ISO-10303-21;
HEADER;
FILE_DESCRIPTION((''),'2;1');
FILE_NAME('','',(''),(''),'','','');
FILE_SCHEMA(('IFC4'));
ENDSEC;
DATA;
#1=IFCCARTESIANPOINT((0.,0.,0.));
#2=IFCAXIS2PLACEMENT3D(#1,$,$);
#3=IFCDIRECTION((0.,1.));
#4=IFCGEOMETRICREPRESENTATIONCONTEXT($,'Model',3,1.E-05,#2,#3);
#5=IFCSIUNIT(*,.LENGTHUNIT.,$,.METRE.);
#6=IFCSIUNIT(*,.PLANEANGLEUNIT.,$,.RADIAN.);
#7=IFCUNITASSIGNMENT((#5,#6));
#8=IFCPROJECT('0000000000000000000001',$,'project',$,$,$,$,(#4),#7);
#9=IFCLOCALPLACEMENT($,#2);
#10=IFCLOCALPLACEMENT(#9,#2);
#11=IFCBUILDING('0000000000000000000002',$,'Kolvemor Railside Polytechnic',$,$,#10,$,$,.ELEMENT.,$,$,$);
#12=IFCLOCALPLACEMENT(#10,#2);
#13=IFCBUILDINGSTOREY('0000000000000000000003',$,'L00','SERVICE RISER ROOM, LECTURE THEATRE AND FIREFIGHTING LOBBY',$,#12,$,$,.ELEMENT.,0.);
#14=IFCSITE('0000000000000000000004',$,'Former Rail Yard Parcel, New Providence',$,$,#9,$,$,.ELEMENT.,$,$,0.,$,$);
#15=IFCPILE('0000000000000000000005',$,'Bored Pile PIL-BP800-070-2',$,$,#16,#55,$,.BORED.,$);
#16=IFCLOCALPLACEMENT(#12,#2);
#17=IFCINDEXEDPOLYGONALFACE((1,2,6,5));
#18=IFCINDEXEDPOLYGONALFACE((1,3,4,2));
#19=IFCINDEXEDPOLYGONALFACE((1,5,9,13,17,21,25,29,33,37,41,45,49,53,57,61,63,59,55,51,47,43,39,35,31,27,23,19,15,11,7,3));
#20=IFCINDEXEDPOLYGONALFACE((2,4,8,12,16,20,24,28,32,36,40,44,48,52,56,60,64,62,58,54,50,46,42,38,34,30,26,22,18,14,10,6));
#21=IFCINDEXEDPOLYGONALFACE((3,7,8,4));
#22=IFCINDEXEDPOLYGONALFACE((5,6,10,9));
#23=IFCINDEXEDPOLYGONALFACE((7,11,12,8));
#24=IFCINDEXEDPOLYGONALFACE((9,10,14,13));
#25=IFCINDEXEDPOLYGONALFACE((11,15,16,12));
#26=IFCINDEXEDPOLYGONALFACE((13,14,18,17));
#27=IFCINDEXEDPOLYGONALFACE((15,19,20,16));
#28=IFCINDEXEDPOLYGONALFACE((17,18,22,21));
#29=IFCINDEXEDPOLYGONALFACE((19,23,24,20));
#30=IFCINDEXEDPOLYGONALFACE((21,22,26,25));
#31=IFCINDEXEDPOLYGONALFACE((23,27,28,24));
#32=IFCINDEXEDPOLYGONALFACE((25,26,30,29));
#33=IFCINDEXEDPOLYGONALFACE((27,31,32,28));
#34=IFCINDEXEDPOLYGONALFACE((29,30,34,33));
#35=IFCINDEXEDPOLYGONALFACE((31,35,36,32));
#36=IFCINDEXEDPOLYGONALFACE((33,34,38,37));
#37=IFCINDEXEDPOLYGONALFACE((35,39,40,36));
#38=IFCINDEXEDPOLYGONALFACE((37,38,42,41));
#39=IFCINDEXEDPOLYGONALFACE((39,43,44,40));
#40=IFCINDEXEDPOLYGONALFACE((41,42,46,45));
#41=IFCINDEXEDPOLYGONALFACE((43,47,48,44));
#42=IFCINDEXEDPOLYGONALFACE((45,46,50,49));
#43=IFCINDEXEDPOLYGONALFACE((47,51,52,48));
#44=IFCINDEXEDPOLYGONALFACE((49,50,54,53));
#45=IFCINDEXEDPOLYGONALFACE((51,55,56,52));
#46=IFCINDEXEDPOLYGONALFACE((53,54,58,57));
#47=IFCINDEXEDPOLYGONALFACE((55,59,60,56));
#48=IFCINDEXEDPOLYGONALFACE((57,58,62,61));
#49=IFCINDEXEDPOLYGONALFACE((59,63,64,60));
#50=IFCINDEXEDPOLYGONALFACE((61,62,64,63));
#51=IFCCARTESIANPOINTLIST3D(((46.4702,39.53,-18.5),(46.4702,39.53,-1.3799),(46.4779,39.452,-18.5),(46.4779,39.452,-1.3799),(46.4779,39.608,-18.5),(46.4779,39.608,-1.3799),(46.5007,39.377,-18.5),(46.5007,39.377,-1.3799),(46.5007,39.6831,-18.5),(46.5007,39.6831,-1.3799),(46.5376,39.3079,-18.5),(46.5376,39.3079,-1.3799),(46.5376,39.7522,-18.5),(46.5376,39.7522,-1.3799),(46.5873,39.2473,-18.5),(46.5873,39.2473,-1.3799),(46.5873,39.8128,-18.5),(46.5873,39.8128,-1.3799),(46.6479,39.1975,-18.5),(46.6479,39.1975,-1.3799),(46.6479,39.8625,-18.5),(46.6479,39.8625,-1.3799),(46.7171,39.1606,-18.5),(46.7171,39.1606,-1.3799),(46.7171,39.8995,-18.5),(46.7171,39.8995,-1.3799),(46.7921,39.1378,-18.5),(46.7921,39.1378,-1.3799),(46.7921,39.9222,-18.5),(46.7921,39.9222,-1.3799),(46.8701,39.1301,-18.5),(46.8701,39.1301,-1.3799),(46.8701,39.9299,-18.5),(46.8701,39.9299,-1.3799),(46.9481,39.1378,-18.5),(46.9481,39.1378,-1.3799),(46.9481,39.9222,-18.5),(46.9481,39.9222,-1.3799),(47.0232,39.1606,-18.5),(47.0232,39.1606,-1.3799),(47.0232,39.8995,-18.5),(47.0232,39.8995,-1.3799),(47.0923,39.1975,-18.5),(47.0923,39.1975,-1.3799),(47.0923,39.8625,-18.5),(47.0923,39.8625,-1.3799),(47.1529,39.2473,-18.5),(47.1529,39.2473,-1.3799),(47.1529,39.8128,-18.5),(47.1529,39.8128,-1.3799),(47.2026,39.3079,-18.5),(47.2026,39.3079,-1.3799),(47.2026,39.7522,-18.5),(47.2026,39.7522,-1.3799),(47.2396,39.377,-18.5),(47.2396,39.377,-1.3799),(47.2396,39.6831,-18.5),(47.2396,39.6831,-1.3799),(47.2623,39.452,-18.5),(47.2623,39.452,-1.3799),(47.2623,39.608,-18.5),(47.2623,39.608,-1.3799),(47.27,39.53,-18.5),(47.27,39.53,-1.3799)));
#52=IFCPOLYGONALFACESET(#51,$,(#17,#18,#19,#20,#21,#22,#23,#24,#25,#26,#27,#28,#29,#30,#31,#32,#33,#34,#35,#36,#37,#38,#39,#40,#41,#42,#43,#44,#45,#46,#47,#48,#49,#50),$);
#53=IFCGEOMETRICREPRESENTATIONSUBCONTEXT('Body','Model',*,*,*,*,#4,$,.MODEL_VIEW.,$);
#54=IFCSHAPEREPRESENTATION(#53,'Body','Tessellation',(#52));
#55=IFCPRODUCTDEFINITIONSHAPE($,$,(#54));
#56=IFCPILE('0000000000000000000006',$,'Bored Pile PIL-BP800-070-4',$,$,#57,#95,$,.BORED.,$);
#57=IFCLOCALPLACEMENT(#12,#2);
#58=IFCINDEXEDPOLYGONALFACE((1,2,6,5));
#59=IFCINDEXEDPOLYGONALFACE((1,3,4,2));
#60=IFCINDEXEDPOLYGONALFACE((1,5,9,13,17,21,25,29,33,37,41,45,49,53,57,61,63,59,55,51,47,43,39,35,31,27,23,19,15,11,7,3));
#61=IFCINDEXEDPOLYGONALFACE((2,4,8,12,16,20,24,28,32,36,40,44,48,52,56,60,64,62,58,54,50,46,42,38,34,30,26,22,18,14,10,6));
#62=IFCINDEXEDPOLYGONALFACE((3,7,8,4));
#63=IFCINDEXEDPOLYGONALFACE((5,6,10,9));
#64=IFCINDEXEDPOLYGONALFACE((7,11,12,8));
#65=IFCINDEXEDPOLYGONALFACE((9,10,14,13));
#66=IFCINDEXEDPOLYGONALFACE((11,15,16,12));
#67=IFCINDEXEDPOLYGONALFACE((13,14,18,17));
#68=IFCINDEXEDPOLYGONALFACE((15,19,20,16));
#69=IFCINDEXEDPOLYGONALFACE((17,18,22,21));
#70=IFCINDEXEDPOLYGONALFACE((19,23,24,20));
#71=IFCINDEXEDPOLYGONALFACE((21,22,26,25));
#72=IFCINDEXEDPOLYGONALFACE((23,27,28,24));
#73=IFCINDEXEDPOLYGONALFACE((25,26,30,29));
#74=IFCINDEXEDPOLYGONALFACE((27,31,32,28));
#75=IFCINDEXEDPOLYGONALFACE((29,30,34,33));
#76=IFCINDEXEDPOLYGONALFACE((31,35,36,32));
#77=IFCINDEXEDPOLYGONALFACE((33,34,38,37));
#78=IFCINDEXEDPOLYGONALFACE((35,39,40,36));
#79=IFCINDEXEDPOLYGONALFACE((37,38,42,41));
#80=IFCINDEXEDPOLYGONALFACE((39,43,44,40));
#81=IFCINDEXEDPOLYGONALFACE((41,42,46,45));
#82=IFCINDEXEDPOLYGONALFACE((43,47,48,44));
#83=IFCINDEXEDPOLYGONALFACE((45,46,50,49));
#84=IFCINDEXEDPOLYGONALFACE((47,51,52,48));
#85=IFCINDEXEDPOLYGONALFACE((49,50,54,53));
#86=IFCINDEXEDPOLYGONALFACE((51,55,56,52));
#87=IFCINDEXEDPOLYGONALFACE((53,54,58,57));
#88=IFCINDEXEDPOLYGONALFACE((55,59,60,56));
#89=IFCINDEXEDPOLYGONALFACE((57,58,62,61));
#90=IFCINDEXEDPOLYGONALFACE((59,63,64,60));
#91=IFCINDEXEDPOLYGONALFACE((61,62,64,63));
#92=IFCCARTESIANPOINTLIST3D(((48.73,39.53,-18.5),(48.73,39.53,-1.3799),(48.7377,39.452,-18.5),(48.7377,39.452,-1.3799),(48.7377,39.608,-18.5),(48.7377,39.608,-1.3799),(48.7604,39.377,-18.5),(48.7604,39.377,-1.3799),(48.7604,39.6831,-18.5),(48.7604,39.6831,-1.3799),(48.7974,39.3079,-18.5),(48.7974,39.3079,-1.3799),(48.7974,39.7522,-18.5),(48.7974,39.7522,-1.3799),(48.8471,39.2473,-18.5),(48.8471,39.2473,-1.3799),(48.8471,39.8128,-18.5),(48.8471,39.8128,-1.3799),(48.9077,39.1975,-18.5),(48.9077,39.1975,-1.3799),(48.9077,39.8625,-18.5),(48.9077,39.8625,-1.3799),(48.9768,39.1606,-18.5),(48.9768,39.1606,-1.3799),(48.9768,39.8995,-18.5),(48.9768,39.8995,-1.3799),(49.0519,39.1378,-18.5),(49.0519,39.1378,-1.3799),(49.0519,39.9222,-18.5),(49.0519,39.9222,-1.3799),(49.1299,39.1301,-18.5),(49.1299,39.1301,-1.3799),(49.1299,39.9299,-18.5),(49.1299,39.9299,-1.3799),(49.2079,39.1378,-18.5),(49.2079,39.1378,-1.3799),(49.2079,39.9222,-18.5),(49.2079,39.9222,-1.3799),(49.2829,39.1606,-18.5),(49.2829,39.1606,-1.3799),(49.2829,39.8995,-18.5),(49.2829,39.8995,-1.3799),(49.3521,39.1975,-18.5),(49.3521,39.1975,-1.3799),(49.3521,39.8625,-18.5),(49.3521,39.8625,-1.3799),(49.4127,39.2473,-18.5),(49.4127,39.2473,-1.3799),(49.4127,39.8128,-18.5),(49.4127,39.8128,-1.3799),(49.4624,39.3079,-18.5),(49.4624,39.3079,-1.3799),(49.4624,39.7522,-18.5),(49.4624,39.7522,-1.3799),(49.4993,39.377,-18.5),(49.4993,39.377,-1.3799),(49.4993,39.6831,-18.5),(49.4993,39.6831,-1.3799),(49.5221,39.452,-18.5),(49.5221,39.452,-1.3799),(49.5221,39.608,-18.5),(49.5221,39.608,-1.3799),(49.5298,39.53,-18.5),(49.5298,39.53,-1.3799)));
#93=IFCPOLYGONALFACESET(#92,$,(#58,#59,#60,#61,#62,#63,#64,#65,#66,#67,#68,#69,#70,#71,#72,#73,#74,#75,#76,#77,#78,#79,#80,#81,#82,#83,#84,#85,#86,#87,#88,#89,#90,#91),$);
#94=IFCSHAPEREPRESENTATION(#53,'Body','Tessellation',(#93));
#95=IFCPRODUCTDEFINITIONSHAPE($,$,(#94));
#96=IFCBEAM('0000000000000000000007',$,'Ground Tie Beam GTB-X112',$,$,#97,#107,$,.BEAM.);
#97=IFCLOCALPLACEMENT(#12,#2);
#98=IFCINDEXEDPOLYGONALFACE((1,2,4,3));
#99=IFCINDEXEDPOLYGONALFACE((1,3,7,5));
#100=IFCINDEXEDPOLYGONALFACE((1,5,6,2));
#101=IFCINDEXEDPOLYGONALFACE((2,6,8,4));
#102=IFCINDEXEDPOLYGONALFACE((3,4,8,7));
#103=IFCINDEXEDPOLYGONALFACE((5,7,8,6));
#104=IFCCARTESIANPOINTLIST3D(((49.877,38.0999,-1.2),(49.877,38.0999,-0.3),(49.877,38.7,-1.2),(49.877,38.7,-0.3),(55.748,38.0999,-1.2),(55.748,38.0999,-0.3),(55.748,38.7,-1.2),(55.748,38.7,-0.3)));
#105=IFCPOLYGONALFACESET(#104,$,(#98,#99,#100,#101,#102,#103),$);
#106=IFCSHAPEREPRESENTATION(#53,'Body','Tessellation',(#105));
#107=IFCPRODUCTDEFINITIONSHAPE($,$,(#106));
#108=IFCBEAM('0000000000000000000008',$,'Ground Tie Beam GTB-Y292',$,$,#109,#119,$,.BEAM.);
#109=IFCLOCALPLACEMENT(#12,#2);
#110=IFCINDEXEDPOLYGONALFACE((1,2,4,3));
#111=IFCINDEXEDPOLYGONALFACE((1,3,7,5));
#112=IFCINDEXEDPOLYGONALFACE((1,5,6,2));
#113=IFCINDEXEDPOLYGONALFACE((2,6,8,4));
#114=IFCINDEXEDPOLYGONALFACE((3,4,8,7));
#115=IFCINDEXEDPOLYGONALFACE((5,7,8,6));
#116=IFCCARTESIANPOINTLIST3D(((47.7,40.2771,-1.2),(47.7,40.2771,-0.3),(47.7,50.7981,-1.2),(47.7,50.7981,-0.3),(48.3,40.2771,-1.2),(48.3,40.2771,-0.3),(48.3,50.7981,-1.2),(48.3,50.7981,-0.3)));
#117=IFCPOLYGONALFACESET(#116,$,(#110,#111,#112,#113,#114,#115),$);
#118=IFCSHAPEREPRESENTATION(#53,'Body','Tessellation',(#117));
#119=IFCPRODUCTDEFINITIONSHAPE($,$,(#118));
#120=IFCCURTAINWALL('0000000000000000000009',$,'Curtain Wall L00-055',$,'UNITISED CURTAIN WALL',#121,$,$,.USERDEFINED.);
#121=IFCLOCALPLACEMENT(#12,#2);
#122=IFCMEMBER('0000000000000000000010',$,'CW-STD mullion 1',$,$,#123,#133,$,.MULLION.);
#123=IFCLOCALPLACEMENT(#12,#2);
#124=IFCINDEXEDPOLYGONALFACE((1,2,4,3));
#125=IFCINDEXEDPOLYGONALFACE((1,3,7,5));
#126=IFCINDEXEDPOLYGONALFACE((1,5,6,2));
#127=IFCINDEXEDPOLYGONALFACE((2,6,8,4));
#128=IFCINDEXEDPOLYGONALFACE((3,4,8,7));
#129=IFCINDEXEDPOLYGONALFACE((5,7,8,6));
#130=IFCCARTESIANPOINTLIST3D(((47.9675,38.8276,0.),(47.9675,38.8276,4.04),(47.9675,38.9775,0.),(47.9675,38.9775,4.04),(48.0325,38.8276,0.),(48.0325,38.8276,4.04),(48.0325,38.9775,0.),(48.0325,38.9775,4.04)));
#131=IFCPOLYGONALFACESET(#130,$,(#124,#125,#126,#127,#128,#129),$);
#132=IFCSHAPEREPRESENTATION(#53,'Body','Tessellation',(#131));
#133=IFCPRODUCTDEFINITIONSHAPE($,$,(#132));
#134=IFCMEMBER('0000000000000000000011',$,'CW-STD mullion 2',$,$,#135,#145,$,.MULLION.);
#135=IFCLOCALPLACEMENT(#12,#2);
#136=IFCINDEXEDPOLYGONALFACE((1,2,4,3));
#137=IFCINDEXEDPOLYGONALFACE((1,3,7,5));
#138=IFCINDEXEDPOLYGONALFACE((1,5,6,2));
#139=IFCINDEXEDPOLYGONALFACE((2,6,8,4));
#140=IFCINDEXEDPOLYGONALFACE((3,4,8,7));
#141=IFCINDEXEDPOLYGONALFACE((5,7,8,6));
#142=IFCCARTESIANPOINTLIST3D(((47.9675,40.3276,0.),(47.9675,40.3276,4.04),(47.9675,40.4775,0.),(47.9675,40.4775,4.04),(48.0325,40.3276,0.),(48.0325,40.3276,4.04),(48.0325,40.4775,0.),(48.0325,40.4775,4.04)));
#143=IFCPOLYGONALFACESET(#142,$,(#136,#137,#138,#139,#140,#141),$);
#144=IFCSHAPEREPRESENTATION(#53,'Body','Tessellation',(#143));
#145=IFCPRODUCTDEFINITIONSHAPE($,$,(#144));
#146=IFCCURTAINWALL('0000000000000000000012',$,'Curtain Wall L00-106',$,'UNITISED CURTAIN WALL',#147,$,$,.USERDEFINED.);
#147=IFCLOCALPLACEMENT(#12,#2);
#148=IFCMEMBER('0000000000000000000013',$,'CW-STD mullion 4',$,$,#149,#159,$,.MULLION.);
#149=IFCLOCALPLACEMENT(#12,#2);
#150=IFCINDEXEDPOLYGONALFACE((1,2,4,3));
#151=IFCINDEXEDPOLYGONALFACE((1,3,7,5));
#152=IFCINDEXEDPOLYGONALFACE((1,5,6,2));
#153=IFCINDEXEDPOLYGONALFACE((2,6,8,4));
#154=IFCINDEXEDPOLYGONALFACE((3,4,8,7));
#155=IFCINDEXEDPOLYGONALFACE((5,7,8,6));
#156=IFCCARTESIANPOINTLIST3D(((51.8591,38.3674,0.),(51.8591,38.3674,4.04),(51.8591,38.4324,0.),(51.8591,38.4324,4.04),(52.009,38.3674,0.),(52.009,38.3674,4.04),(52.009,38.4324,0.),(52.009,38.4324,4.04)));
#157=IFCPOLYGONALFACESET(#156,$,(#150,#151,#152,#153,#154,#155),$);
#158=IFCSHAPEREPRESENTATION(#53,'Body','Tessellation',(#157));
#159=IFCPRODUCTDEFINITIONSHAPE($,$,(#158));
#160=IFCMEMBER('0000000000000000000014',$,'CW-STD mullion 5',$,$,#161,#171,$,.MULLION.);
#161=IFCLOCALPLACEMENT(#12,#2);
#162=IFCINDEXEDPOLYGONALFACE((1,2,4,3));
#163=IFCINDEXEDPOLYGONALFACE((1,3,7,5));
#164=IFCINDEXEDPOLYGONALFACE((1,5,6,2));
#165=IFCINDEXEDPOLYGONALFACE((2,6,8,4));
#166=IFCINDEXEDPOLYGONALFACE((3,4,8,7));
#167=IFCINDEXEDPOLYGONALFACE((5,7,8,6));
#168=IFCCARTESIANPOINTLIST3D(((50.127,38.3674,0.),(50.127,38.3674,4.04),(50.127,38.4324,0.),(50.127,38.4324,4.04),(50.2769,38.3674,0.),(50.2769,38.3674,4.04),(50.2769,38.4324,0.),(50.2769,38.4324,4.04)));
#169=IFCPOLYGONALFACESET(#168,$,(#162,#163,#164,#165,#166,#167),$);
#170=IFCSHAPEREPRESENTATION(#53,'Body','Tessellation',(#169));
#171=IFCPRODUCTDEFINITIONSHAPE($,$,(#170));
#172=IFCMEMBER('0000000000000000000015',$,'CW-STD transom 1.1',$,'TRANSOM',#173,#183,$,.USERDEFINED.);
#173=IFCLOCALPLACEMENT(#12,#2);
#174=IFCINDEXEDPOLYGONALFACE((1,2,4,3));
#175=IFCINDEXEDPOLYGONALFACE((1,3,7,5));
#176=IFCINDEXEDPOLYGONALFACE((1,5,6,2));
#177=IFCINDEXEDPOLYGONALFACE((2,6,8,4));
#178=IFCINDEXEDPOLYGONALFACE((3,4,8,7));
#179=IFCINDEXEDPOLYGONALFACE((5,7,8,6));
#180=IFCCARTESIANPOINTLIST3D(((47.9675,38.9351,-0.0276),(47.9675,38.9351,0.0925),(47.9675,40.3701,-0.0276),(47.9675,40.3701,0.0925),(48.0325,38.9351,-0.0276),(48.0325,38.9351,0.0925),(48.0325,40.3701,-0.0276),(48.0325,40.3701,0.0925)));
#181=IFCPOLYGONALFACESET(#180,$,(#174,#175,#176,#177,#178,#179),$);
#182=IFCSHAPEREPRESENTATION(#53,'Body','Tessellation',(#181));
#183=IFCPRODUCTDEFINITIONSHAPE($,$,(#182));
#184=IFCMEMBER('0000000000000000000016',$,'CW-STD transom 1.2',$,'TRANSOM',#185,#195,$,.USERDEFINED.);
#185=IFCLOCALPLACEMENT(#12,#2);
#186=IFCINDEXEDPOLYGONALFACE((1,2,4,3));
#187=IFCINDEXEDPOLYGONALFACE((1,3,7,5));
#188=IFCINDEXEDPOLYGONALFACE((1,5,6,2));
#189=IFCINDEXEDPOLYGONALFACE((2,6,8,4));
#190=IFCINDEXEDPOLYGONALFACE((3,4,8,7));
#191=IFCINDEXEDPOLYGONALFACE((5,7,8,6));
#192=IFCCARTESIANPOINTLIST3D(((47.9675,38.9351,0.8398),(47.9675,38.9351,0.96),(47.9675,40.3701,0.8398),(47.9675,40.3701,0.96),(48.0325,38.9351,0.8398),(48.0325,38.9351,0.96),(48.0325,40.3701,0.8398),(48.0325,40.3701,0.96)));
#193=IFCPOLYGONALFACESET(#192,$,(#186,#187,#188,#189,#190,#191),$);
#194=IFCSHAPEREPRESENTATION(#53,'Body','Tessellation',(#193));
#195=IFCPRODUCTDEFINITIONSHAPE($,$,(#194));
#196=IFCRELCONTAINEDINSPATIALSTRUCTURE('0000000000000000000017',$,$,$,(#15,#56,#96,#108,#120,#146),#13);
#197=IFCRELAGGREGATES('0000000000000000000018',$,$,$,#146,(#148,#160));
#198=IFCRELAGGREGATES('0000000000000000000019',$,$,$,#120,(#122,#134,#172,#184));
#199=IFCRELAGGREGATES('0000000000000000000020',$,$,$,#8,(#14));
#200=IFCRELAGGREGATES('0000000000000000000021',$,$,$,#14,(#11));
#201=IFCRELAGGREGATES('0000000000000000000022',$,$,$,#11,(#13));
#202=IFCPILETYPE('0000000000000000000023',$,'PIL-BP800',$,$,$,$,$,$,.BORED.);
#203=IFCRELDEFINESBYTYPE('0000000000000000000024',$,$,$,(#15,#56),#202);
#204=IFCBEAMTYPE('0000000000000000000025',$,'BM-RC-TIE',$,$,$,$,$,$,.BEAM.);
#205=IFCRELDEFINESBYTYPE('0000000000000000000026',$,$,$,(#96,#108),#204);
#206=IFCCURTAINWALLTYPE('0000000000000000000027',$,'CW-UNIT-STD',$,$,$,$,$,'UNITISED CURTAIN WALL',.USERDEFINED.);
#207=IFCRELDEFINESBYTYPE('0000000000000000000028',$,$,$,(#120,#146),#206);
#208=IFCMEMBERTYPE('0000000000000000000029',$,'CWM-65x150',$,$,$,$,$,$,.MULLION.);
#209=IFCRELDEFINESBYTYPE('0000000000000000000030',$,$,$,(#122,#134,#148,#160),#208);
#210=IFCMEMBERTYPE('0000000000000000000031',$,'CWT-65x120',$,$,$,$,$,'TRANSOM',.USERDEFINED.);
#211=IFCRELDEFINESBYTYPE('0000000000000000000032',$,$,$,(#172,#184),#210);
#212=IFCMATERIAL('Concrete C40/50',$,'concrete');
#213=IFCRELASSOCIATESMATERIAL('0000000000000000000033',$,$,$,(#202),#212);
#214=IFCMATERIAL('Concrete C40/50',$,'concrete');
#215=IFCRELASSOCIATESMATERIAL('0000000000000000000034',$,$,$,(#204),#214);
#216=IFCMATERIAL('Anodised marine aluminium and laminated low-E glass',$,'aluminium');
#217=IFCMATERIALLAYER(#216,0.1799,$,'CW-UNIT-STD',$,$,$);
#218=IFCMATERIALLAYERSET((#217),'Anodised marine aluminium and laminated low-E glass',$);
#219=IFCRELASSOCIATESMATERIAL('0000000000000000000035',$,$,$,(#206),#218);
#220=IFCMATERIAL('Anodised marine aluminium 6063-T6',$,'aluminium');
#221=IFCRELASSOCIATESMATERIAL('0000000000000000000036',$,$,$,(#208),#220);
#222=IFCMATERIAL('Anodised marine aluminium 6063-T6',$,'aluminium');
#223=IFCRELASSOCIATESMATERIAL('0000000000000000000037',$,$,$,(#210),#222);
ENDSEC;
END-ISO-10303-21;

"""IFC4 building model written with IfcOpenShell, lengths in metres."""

from ifc_helpers import new_model, si_unit, direction, frame, origin, origin_2d, place, context, subcontext, project, spatial, rectangle, circle, extrude, material, layer, layer_set, material_profile, profile_set, type_object, element, aggregate, save


model = new_model("IFC4")

# Units and contexts
model_context = context("Model", 3, precision=1e-05, world=origin(), true_north=direction((0.0, 1.0)))
body_context = subcontext(model_context, "Body", "Model", "MODEL_VIEW")
ifc_project = project(units=[si_unit("LENGTHUNIT", "METRE"), si_unit("PLANEANGLEUNIT", "RADIAN")], contexts=[model_context])

# Site, building, storey
site_placement = place(None, origin())
site = spatial("IfcSite", under=ifc_project, at=site_placement, Name="Former Rail Yard Parcel, New Providence", CompositionType="ELEMENT", RefElevation=0.0)
building_placement = place(site_placement, origin())
building = spatial("IfcBuilding", under=site, at=building_placement, Name="Kolvemor Railside Polytechnic", CompositionType="ELEMENT")
storey_placement = place(building_placement, origin())
storey = spatial("IfcBuildingStorey", under=building, at=storey_placement, Name="L00", Description="SERVICE RISER ROOM, LECTURE THEATRE AND FIREFIGHTING LOBBY", CompositionType="ELEMENT", Elevation=0.0)

# Piles
ifc_material_1 = material(Name="Concrete C40/50", Category="concrete")
ifc_material_profile_1 = material_profile(ifc_material_1, circle(Radius=0.3999, at=origin_2d()), Name="BP800")
ifc_profile_set_1 = profile_set([ifc_material_profile_1], Name="Concrete C40/50")
pile_type = type_object("IfcPileType", Name="PIL-BP800", PredefinedType="BORED", material=ifc_profile_set_1)
for number, where, z_axis, x_axis, name in (
    (1, (46.8701, 39.53, -1.3799), (0.0, 0.0, -1.0), (1.0, 0.0, 0.0), "Bored Pile PIL-BP800-070-2"),
    (2, (49.1299, 39.53, -1.3799), (0.0, 0.0, -1.0), (1.0, 0.0, 0.0), "Bored Pile PIL-BP800-070-4"),
):
    element("IfcPile", number, at=place(storey_placement, frame(where, z_axis=z_axis, x_axis=x_axis)), inside=storey, type_object=pile_type, Name=name, PredefinedType="BORED", context=body_context, shape_type="SweptSolid", body=[
        extrude(circle(Radius=0.3999, at=origin_2d()), origin(), (0.0, 0.0, 1.0), 17.1201),
    ])

# Beams
ifc_material_2 = material(Name="Concrete C40/50", Category="concrete")
ifc_material_profile_2 = material_profile(ifc_material_2, rectangle(XDim=0.6001, YDim=0.8999, at=origin_2d()), Name="RC600x900")
ifc_profile_set_2 = profile_set([ifc_material_profile_2], Name="Concrete C40/50")
beam_type = type_object("IfcBeamType", Name="BM-RC-TIE", PredefinedType="BEAM", material=ifc_profile_set_2)
beam_1_placement = place(storey_placement, frame((49.877, 38.3999, -0.75), z_axis=(1.0, 0.0, 0.0), x_axis=(0.0, 1.0, 0.0)))
element("IfcBeam", 3, at=beam_1_placement, inside=storey, type_object=beam_type, Name="Ground Tie Beam GTB-X112", PredefinedType="BEAM", context=body_context, shape_type="SweptSolid", body=[
    extrude(rectangle(XDim=0.6001, YDim=0.8999, at=origin_2d()), origin(), (0.0, 0.0, 1.0), 5.8711),
])
beam_2_placement = place(storey_placement, frame((48.0, 40.2771, -0.75), z_axis=(0.0, 1.0, 0.0), x_axis=(-1.0, 0.0, 0.0)))
element("IfcBeam", 4, at=beam_2_placement, inside=storey, type_object=beam_type, Name="Ground Tie Beam GTB-Y292", PredefinedType="BEAM", context=body_context, shape_type="SweptSolid", body=[
    extrude(rectangle(XDim=0.6001, YDim=0.8999, at=origin_2d()), origin(), (0.0, 0.0, 1.0), 10.521),
])

# Curtain walls, members
ifc_material_3 = material(Name="Anodised marine aluminium and laminated low-E glass", Category="aluminium")
ifc_layer_1 = layer(ifc_material_3, 0.1799, Name="CW-UNIT-STD")
ifc_layer_set_1 = layer_set([ifc_layer_1], Name="Anodised marine aluminium and laminated low-E glass")
curtain_wall_type = type_object("IfcCurtainWallType", Name="CW-UNIT-STD", ElementType="UNITISED CURTAIN WALL", PredefinedType="USERDEFINED", material=ifc_layer_set_1)
curtain_wall_1_placement = place(storey_placement, origin())
curtain_wall_1 = element("IfcCurtainWall", 5, at=curtain_wall_1_placement, inside=storey, type_object=curtain_wall_type, Name="Curtain Wall L00-055", ObjectType="UNITISED CURTAIN WALL", PredefinedType="USERDEFINED")
ifc_material_4 = material(Name="Anodised marine aluminium 6063-T6", Category="aluminium")
ifc_material_profile_3 = material_profile(ifc_material_4, rectangle(XDim=0.0649, YDim=0.1499, at=origin_2d()), Name="CW-MUL-65x150")
ifc_profile_set_3 = profile_set([ifc_material_profile_3], Name="Anodised marine aluminium 6063-T6")
member_type_1 = type_object("IfcMemberType", Name="CWM-65x150", PredefinedType="MULLION", material=ifc_profile_set_3)
member_1_placement = place(storey_placement, frame((48.0, 38.9026, 0.0), z_axis=(0.0, 0.0, 1.0), x_axis=(-1.0, 0.0, 0.0)))
member_1 = element("IfcMember", 6, at=member_1_placement, type_object=member_type_1, Name="CW-STD mullion 1", PredefinedType="MULLION", context=body_context, shape_type="SweptSolid", body=[
    extrude(rectangle(XDim=0.0649, YDim=0.1499, at=origin_2d()), origin(), (0.0, 0.0, 1.0), 4.04),
])
member_2_placement = place(storey_placement, frame((48.0, 40.4026, 0.0), z_axis=(0.0, 0.0, 1.0), x_axis=(-1.0, 0.0, 0.0)))
member_2 = element("IfcMember", 7, at=member_2_placement, type_object=member_type_1, Name="CW-STD mullion 2", PredefinedType="MULLION", context=body_context, shape_type="SweptSolid", body=[
    extrude(rectangle(XDim=0.0649, YDim=0.1499, at=origin_2d()), origin(), (0.0, 0.0, 1.0), 4.04),
])
curtain_wall_2_placement = place(storey_placement, origin())
curtain_wall_2 = element("IfcCurtainWall", 8, at=curtain_wall_2_placement, inside=storey, type_object=curtain_wall_type, Name="Curtain Wall L00-106", ObjectType="UNITISED CURTAIN WALL", PredefinedType="USERDEFINED")
member_3_placement = place(storey_placement, frame((51.9341, 38.3999, 0.0), z_axis=(0.0, 0.0, 1.0), x_axis=(0.0, -1.0, 0.0)))
member_3 = element("IfcMember", 9, at=member_3_placement, type_object=member_type_1, Name="CW-STD mullion 4", PredefinedType="MULLION", context=body_context, shape_type="SweptSolid", body=[
    extrude(rectangle(XDim=0.0649, YDim=0.1499, at=origin_2d()), origin(), (0.0, 0.0, 1.0), 4.04),
])
member_4_placement = place(storey_placement, frame((50.2019, 38.3999, 0.0), z_axis=(0.0, 0.0, 1.0), x_axis=(0.0, -1.0, 0.0)))
member_4 = element("IfcMember", 10, at=member_4_placement, type_object=member_type_1, Name="CW-STD mullion 5", PredefinedType="MULLION", context=body_context, shape_type="SweptSolid", body=[
    extrude(rectangle(XDim=0.0649, YDim=0.1499, at=origin_2d()), origin(), (0.0, 0.0, 1.0), 4.04),
])

# Members
ifc_material_5 = material(Name="Anodised marine aluminium 6063-T6", Category="aluminium")
ifc_material_profile_4 = material_profile(ifc_material_5, rectangle(XDim=0.0649, YDim=0.1201, at=origin_2d()), Name="CW-TRN-65x120")
ifc_profile_set_4 = profile_set([ifc_material_profile_4], Name="Anodised marine aluminium 6063-T6")
member_type_2 = type_object("IfcMemberType", Name="CWT-65x120", ElementType="TRANSOM", PredefinedType="USERDEFINED", material=ifc_profile_set_4)
member_5_placement = place(storey_placement, frame((48.0, 38.9351, 0.0325), z_axis=(0.0, 1.0, 0.0), x_axis=(-1.0, 0.0, 0.0)))
member_5 = element("IfcMember", 11, at=member_5_placement, type_object=member_type_2, Name="CW-STD transom 1.1", ObjectType="TRANSOM", PredefinedType="USERDEFINED", context=body_context, shape_type="SweptSolid", body=[
    extrude(rectangle(XDim=0.0649, YDim=0.1201, at=origin_2d()), origin(), (0.0, 0.0, 1.0), 1.4351),
])
member_6_placement = place(storey_placement, frame((48.0, 38.9351, 0.8999), z_axis=(0.0, 1.0, 0.0), x_axis=(-1.0, 0.0, 0.0)))
member_6 = element("IfcMember", 12, at=member_6_placement, type_object=member_type_2, Name="CW-STD transom 1.2", ObjectType="TRANSOM", PredefinedType="USERDEFINED", context=body_context, shape_type="SweptSolid", body=[
    extrude(rectangle(XDim=0.0649, YDim=0.1201, at=origin_2d()), origin(), (0.0, 0.0, 1.0), 1.4351),
])

aggregate(curtain_wall_2, [member_3, member_4])
aggregate(curtain_wall_1, [member_1, member_2, member_5, member_6])

save(model, "model.ifc")
